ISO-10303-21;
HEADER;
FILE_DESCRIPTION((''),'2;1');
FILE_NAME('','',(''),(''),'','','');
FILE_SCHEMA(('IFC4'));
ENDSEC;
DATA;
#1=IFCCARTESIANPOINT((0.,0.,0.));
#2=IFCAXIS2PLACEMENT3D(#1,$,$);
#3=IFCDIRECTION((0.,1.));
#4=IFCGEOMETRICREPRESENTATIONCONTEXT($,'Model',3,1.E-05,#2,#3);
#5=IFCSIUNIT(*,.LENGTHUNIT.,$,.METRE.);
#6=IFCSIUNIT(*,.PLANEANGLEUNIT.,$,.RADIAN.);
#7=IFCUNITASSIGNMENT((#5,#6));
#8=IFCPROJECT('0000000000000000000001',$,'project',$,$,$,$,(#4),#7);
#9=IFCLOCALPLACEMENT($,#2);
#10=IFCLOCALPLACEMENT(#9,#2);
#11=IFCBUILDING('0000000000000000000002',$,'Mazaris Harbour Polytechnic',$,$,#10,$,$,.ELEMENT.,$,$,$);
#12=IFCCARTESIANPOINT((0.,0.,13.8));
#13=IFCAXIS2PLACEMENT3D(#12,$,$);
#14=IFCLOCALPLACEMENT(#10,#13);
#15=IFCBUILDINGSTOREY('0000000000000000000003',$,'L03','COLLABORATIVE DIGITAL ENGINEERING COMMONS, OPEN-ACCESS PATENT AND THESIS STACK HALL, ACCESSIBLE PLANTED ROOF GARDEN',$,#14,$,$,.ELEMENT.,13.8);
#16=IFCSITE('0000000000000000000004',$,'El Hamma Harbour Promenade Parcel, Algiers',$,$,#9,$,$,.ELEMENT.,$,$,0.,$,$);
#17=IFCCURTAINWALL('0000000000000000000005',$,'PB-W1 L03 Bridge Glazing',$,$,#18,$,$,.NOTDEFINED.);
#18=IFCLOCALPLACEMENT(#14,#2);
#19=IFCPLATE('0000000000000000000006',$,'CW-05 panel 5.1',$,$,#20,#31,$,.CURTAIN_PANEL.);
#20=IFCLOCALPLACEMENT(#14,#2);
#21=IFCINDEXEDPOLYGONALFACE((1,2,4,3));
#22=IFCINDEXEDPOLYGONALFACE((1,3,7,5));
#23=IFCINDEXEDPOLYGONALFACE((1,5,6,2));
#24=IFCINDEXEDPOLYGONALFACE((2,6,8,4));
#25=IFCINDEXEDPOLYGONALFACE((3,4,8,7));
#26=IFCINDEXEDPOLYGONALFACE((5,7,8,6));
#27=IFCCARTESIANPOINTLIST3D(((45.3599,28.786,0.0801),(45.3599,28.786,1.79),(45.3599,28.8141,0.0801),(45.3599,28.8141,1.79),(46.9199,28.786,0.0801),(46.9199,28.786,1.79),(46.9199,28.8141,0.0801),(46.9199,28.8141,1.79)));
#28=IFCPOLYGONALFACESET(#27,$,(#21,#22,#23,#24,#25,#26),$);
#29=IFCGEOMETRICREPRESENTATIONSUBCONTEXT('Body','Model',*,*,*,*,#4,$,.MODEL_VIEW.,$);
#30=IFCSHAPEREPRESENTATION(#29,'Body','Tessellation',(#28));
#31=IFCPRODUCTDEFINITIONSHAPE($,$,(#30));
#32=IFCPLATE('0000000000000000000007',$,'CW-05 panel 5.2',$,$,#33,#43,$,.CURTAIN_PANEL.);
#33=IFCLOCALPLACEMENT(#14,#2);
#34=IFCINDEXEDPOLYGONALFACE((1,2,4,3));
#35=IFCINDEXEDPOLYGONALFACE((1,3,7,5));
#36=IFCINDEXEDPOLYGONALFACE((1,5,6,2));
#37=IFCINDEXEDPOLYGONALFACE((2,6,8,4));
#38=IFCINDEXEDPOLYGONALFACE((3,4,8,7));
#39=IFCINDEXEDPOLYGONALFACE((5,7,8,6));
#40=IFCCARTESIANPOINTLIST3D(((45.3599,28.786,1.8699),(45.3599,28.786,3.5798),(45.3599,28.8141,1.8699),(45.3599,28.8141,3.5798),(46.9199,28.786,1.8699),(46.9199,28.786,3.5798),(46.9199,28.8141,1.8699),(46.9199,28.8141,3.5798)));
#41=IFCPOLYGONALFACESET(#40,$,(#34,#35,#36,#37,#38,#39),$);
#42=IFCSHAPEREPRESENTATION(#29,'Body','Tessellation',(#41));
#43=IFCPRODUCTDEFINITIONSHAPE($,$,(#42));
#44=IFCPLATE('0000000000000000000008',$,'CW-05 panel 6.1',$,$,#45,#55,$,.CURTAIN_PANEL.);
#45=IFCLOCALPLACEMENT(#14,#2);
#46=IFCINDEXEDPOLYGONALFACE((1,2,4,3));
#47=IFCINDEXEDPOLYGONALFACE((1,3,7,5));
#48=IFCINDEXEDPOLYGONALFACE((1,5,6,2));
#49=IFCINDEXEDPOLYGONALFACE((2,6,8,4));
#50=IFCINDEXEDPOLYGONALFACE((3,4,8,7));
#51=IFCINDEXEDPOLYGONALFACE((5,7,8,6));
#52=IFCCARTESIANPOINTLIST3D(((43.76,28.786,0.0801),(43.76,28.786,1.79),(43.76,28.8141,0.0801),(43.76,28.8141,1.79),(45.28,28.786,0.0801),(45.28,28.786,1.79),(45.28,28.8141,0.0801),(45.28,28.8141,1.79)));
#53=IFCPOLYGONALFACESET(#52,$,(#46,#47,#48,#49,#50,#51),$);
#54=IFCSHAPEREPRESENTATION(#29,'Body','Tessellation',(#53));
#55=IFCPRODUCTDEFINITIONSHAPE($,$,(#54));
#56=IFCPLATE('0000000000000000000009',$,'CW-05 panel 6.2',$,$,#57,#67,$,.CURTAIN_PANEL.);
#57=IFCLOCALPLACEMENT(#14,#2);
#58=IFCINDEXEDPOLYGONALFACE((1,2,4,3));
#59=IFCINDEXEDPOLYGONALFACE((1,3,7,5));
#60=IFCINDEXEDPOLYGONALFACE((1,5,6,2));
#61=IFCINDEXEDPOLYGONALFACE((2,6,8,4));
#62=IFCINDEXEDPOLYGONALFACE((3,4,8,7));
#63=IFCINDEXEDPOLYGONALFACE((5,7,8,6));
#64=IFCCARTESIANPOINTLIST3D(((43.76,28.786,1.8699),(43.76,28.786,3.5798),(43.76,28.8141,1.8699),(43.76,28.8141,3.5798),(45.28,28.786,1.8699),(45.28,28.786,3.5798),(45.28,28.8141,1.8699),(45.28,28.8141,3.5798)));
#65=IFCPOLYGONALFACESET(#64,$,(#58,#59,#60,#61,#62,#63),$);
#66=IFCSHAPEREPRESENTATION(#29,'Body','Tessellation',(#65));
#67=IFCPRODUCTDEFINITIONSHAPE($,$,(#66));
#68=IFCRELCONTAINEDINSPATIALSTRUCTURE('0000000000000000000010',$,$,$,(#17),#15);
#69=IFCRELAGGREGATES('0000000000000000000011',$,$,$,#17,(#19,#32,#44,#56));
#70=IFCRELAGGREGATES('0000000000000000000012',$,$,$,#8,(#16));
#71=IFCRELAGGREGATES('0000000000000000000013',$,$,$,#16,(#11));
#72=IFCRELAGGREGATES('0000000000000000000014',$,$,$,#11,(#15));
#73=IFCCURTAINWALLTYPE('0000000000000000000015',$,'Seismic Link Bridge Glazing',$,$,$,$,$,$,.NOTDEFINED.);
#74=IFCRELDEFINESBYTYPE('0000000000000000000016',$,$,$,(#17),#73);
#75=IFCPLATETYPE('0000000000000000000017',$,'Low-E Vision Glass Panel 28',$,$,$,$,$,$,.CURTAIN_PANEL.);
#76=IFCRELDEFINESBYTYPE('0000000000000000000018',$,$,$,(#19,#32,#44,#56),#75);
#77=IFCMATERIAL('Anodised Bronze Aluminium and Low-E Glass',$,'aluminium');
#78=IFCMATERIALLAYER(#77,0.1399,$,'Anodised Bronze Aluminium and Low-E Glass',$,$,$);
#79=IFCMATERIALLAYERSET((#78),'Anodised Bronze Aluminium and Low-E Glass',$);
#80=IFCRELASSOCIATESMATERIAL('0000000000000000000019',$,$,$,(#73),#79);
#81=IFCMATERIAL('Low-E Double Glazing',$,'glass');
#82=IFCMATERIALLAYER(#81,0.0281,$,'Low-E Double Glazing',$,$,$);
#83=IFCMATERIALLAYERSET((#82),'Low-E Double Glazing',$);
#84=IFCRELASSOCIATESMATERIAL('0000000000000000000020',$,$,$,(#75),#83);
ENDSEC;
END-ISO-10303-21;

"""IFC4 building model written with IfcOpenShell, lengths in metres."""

from ifc_helpers import new_model, si_unit, direction, frame, origin, origin_2d, place, context, subcontext, project, spatial, rectangle, extrude, material, layer, layer_set, type_object, element, aggregate, save


model = new_model("IFC4")

# Units and contexts
model_context = context("Model", 3, precision=1e-05, world=origin(), true_north=direction((0.0, 1.0)))
body_context = subcontext(model_context, "Body", "Model", "MODEL_VIEW")
ifc_project = project(units=[si_unit("LENGTHUNIT", "METRE"), si_unit("PLANEANGLEUNIT", "RADIAN")], contexts=[model_context])

# Site, building, storey
site_placement = place(None, origin())
site = spatial("IfcSite", under=ifc_project, at=site_placement, Name="El Hamma Harbour Promenade Parcel, Algiers", CompositionType="ELEMENT", RefElevation=0.0)
building_placement = place(site_placement, origin())
building = spatial("IfcBuilding", under=site, at=building_placement, Name="Mazaris Harbour Polytechnic", CompositionType="ELEMENT")
storey_placement = place(building_placement, frame((0.0, 0.0, 13.8)))
storey = spatial("IfcBuildingStorey", under=building, at=storey_placement, Name="L03", Description="COLLABORATIVE DIGITAL ENGINEERING COMMONS, OPEN-ACCESS PATENT AND THESIS STACK HALL, ACCESSIBLE PLANTED ROOF GARDEN", CompositionType="ELEMENT", Elevation=13.8)

# Curtain wall
ifc_material_1 = material(Name="Anodised Bronze Aluminium and Low-E Glass", Category="aluminium")
ifc_layer_1 = layer(ifc_material_1, 0.1399, Name="Anodised Bronze Aluminium and Low-E Glass")
ifc_layer_set_1 = layer_set([ifc_layer_1], Name="Anodised Bronze Aluminium and Low-E Glass")
curtain_wall_type = type_object("IfcCurtainWallType", Name="Seismic Link Bridge Glazing", PredefinedType="NOTDEFINED", material=ifc_layer_set_1)
curtain_wall_placement = place(storey_placement, origin())
curtain_wall = element("IfcCurtainWall", 1, at=curtain_wall_placement, inside=storey, type_object=curtain_wall_type, Name="PB-W1 L03 Bridge Glazing", PredefinedType="NOTDEFINED")

# Plates
ifc_material_2 = material(Name="Low-E Double Glazing", Category="glass")
ifc_layer_2 = layer(ifc_material_2, 0.0281, Name="Low-E Double Glazing")
ifc_layer_set_2 = layer_set([ifc_layer_2], Name="Low-E Double Glazing")
plate_type = type_object("IfcPlateType", Name="Low-E Vision Glass Panel 28", PredefinedType="CURTAIN_PANEL", material=ifc_layer_set_2)
plate_1_placement = place(storey_placement, frame((46.1399, 28.8, 0.0801), z_axis=(0.0, 0.0, 1.0), x_axis=(-1.0, 0.0, 0.0)))
plate_1 = element("IfcPlate", 2, at=plate_1_placement, type_object=plate_type, Name="CW-05 panel 5.1", PredefinedType="CURTAIN_PANEL", context=body_context, shape_type="SweptSolid", body=[
    extrude(rectangle(XDim=1.5601, YDim=0.0281, at=origin_2d()), origin(), (0.0, 0.0, 1.0), 1.71),
])
plate_2_placement = place(storey_placement, frame((46.1399, 28.8, 1.8699), z_axis=(0.0, 0.0, 1.0), x_axis=(-1.0, 0.0, 0.0)))
plate_2 = element("IfcPlate", 3, at=plate_2_placement, type_object=plate_type, Name="CW-05 panel 5.2", PredefinedType="CURTAIN_PANEL", context=body_context, shape_type="SweptSolid", body=[
    extrude(rectangle(XDim=1.5601, YDim=0.0281, at=origin_2d()), origin(), (0.0, 0.0, 1.0), 1.71),
])
plate_3_placement = place(storey_placement, frame((44.52, 28.8, 0.0801), z_axis=(0.0, 0.0, 1.0), x_axis=(-1.0, 0.0, 0.0)))
plate_3 = element("IfcPlate", 4, at=plate_3_placement, type_object=plate_type, Name="CW-05 panel 6.1", PredefinedType="CURTAIN_PANEL", context=body_context, shape_type="SweptSolid", body=[
    extrude(rectangle(XDim=1.52, YDim=0.0281, at=origin_2d()), origin(), (0.0, 0.0, 1.0), 1.71),
])
plate_4_placement = place(storey_placement, frame((44.52, 28.8, 1.8699), z_axis=(0.0, 0.0, 1.0), x_axis=(-1.0, 0.0, 0.0)))
plate_4 = element("IfcPlate", 5, at=plate_4_placement, type_object=plate_type, Name="CW-05 panel 6.2", PredefinedType="CURTAIN_PANEL", context=body_context, shape_type="SweptSolid", body=[
    extrude(rectangle(XDim=1.52, YDim=0.0281, at=origin_2d()), origin(), (0.0, 0.0, 1.0), 1.71),
])
aggregate(curtain_wall, [plate_1, plate_2, plate_3, plate_4])

save(model, "model.ifc")
